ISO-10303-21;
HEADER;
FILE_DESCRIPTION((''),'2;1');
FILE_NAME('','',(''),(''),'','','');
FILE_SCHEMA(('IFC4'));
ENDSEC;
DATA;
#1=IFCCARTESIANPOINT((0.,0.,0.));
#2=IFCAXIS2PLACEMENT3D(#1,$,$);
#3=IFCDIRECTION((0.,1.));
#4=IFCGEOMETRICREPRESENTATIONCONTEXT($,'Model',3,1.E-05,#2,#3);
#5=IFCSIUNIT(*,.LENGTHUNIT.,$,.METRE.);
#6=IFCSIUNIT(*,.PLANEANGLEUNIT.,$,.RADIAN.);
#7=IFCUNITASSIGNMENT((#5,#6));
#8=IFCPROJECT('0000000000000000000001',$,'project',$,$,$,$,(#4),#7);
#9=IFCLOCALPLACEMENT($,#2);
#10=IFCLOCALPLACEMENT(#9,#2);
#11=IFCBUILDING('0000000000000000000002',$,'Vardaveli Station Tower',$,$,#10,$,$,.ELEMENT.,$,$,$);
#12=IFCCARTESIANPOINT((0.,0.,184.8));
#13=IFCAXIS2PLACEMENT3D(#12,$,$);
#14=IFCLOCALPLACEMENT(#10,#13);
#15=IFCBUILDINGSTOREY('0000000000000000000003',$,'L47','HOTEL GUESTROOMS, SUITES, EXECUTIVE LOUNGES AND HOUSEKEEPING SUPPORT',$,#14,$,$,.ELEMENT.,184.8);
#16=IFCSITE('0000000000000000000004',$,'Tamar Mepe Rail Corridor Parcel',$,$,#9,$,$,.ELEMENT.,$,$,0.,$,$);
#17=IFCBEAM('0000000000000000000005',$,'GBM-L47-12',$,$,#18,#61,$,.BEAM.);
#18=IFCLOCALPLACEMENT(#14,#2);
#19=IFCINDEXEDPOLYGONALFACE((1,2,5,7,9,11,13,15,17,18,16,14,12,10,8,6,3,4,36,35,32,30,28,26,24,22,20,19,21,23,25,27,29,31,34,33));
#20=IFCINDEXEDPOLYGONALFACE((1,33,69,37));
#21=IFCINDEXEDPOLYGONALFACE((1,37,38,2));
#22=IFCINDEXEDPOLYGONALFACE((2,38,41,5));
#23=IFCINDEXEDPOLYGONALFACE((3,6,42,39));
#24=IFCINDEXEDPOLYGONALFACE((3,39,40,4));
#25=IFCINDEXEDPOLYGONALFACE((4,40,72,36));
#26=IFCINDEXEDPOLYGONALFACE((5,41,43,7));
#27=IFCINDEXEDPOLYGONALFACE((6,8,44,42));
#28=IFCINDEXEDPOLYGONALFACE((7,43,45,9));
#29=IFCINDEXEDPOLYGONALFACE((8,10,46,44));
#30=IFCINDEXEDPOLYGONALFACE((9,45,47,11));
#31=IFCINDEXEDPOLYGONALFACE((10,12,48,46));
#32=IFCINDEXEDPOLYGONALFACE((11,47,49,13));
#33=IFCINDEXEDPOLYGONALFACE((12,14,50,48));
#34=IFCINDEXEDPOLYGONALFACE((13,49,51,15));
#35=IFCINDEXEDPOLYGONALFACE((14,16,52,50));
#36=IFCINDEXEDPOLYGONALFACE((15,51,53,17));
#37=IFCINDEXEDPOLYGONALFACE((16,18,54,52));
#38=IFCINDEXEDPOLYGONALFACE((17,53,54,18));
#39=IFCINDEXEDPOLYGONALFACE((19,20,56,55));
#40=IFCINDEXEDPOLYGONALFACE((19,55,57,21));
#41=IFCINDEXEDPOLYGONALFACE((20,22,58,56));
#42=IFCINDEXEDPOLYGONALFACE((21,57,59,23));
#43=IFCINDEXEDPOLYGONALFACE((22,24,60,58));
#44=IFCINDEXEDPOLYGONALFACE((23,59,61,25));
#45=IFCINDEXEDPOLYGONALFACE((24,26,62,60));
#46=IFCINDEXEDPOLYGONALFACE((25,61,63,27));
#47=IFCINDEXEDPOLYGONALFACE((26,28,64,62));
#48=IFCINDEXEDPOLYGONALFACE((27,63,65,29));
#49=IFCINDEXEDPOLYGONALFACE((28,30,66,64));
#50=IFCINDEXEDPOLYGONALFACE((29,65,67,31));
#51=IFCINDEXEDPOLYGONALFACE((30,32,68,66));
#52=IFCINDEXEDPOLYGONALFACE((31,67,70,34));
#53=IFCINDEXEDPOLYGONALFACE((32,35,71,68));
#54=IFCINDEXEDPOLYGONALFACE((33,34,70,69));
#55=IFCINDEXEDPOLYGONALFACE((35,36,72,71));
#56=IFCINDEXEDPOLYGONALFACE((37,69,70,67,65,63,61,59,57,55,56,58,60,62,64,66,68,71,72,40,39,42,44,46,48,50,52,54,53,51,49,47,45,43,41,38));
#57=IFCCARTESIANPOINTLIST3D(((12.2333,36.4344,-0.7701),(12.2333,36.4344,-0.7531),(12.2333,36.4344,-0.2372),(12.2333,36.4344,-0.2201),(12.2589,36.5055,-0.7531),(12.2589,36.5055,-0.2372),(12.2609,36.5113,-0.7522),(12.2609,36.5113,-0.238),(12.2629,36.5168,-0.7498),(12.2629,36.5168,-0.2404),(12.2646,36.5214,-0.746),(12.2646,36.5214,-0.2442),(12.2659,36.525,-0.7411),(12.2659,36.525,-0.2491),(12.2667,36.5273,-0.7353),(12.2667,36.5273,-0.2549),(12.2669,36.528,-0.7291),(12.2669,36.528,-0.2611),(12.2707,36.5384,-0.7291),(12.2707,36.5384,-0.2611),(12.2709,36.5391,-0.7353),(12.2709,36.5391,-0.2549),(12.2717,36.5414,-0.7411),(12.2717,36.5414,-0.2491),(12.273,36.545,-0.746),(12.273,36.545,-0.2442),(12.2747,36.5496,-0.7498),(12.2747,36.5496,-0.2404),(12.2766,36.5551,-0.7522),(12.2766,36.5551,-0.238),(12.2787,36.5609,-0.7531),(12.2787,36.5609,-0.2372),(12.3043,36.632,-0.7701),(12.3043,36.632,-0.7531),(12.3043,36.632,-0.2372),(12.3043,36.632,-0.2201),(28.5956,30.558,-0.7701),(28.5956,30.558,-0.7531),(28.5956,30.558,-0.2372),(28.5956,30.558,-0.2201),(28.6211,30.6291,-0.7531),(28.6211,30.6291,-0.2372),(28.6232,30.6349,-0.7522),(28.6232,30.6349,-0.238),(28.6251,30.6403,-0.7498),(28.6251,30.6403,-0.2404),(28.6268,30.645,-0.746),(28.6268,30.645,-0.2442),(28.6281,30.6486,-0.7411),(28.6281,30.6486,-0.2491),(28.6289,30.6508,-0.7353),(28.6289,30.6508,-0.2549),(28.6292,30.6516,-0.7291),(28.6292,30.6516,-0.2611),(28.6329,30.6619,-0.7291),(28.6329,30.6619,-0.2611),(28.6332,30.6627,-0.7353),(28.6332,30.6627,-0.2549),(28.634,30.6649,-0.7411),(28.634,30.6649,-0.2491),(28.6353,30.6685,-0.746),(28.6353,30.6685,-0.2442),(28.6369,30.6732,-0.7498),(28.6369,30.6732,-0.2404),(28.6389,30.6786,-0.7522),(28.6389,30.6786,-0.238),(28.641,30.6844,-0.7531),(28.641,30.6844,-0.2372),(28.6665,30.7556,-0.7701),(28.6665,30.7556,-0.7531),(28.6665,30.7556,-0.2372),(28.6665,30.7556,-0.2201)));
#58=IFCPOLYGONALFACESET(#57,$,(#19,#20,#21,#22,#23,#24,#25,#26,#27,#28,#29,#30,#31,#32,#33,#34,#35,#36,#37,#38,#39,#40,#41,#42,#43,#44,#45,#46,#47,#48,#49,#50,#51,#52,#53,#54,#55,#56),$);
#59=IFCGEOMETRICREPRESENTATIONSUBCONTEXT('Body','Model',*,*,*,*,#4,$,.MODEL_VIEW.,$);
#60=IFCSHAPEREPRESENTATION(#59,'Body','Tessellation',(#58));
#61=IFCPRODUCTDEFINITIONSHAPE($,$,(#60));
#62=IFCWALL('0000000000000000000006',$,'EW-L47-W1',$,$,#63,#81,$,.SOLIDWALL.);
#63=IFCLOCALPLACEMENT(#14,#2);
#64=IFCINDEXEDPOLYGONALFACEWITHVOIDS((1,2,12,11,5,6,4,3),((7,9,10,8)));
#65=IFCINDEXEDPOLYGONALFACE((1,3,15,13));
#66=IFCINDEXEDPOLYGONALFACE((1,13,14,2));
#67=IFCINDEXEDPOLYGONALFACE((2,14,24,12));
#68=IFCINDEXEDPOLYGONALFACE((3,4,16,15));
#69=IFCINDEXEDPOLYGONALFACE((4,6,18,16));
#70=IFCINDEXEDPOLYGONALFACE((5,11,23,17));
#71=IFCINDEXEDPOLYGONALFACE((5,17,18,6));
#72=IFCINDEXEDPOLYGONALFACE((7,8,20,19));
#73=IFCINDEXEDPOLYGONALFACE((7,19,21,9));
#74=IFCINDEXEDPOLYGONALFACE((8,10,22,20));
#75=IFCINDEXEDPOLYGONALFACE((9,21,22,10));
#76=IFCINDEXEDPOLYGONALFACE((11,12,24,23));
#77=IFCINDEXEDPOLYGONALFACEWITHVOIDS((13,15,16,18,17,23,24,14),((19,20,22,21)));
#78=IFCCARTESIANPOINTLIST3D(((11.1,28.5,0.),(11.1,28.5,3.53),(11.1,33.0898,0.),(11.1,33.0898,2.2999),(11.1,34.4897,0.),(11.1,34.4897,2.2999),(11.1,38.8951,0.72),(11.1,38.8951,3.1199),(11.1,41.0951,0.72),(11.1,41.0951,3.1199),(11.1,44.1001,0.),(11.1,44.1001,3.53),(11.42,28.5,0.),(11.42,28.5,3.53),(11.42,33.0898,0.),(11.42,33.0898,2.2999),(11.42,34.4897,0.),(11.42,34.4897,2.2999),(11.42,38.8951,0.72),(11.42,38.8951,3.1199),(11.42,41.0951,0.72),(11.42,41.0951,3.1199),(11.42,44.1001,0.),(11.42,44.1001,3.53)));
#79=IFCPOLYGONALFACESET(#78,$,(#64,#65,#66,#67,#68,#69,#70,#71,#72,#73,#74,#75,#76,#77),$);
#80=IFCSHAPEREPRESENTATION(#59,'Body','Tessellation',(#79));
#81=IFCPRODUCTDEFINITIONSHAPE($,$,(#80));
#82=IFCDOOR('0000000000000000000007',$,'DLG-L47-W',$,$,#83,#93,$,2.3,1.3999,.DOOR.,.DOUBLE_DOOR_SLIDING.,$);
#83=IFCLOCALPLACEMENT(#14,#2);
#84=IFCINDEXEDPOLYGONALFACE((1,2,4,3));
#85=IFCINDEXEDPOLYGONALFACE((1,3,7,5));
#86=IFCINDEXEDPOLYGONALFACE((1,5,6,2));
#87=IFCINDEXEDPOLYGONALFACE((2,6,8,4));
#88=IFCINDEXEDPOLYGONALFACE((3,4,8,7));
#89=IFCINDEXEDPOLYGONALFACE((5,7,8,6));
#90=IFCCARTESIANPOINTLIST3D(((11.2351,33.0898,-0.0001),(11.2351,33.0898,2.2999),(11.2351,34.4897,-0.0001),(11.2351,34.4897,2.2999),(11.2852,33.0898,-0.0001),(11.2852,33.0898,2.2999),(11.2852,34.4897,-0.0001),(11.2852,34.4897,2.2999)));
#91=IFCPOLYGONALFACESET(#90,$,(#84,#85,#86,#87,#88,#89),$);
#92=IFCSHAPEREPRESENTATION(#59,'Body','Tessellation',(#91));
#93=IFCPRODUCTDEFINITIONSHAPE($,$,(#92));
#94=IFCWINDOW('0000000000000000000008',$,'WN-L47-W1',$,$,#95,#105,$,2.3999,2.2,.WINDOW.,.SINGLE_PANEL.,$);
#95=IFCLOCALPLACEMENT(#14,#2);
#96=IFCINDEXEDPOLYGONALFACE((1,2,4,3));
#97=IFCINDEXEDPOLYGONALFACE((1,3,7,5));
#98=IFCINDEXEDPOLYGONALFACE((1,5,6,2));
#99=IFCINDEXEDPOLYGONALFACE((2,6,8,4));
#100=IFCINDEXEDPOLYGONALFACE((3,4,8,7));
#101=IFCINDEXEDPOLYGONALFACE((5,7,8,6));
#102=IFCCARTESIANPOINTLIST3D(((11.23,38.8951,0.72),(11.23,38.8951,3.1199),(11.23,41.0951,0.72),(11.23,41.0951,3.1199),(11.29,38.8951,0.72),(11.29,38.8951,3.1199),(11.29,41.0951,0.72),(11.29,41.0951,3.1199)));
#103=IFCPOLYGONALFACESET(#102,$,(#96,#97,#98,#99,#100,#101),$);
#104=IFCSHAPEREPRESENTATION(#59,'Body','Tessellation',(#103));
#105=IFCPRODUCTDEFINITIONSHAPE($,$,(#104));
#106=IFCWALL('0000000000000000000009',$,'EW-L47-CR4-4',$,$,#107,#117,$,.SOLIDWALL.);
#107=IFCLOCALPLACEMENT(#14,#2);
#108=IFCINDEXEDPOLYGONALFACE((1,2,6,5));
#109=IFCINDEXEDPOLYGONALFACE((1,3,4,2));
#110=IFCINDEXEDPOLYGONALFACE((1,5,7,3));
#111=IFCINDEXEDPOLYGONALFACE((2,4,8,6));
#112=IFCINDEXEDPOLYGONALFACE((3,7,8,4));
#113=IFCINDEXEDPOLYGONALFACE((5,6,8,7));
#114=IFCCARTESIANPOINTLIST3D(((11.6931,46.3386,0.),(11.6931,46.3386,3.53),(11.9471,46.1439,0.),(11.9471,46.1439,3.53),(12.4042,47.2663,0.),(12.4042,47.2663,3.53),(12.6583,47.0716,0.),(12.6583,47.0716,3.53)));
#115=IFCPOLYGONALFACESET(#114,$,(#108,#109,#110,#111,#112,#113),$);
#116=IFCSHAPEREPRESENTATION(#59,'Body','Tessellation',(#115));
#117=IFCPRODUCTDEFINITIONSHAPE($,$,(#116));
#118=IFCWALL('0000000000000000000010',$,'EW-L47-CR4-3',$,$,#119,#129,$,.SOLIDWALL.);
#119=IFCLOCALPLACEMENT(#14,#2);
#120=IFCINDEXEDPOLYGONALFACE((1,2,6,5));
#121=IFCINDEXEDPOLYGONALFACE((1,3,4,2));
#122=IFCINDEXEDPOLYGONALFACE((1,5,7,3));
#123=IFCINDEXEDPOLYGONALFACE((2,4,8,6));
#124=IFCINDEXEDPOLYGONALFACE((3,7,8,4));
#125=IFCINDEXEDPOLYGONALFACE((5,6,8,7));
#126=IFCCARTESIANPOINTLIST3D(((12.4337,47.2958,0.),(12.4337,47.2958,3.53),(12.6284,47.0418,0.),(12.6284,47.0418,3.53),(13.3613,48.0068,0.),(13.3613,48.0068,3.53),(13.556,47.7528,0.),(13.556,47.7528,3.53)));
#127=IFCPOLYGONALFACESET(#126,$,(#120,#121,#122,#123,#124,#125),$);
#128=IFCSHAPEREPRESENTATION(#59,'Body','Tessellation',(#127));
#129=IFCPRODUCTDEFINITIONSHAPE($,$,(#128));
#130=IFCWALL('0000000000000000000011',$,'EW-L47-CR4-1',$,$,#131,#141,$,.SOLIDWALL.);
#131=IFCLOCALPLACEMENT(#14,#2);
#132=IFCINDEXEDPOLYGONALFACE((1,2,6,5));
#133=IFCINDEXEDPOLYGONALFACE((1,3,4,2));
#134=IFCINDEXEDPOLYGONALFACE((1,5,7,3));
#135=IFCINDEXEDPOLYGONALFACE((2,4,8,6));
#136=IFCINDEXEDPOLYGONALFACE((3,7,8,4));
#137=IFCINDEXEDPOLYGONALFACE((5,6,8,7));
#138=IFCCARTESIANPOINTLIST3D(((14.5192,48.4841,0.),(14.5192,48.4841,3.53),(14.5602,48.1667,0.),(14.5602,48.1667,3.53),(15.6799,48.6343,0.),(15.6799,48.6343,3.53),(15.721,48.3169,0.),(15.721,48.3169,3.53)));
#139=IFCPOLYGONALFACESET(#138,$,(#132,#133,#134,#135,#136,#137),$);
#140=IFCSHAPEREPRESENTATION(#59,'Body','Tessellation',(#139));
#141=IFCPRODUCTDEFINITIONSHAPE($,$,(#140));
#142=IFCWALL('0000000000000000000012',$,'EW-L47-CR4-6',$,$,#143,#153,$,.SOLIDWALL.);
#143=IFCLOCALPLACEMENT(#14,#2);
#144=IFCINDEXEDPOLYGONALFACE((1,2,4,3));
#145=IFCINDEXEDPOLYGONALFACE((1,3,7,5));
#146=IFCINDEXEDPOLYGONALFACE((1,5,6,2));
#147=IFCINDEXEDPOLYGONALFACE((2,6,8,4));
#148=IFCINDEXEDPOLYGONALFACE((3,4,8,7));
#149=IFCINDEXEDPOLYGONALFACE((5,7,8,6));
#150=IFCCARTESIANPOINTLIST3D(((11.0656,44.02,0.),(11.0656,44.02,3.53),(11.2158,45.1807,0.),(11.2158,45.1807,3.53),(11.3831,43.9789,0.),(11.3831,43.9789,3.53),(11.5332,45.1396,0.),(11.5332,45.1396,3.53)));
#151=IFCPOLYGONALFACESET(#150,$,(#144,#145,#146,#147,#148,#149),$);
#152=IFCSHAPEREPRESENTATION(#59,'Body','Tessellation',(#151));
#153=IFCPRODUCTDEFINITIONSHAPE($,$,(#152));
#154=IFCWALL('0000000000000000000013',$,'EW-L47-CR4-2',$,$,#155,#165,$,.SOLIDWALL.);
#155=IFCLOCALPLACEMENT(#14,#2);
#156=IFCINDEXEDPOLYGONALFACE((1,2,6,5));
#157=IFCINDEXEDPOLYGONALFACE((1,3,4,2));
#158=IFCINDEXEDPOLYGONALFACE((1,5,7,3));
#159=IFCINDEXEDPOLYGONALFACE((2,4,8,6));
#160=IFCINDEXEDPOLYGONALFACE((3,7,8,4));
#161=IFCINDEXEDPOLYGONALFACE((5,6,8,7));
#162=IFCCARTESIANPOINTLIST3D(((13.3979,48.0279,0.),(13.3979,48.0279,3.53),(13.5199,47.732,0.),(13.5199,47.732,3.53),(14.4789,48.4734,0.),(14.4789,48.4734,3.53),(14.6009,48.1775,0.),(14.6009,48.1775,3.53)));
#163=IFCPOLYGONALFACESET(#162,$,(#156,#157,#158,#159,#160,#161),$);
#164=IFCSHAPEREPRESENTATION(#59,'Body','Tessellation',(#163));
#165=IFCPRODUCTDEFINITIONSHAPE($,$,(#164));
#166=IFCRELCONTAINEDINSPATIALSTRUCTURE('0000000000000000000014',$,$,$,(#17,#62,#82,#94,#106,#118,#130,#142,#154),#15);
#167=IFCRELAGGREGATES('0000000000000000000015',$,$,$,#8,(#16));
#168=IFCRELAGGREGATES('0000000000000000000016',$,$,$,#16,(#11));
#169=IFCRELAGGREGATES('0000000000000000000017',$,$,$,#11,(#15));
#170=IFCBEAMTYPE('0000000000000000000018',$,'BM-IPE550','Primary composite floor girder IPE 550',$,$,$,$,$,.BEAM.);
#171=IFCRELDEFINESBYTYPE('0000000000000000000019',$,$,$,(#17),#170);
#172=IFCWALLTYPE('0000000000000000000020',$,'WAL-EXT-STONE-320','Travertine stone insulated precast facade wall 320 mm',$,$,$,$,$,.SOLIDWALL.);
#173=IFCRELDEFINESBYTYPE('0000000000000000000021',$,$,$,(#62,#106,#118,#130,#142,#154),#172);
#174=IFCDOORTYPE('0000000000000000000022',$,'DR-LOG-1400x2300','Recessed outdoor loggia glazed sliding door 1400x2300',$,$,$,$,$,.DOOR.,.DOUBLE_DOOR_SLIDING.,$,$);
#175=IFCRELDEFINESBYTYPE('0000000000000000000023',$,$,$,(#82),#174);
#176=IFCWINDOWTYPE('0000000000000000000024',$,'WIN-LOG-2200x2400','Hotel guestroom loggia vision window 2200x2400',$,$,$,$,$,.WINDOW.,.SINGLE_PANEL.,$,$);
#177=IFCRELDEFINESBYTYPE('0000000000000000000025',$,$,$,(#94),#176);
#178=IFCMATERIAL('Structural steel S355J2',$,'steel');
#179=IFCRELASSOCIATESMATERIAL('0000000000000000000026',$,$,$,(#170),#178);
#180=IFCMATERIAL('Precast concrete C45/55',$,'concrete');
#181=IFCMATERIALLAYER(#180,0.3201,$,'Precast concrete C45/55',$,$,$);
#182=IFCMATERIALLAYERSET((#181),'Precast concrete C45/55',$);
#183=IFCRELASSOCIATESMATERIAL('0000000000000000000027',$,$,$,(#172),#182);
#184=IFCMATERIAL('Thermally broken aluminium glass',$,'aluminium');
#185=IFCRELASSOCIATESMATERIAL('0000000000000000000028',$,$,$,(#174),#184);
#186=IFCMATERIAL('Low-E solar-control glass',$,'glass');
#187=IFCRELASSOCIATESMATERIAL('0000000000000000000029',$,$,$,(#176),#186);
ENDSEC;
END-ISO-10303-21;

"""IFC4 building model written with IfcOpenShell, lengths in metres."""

from ifc_helpers import new_model, si_unit, direction, frame, frame_2d, origin, origin_2d, place, context, subcontext, project, spatial, rectangle, i_section, extrude, source, transform, mapped, material, layer, layer_set, material_profile, profile_set, type_object, element, fill, save


model = new_model("IFC4")

# Units and contexts
model_context = context("Model", 3, precision=1e-05, world=origin(), true_north=direction((0.0, 1.0)))
body_context = subcontext(model_context, "Body", "Model", "MODEL_VIEW")
ifc_project = project(units=[si_unit("LENGTHUNIT", "METRE"), si_unit("PLANEANGLEUNIT", "RADIAN")], contexts=[model_context])

# Site, building, storey
site_placement = place(None, origin())
site = spatial("IfcSite", under=ifc_project, at=site_placement, Name="Tamar Mepe Rail Corridor Parcel", CompositionType="ELEMENT", RefElevation=0.0)
building_placement = place(site_placement, origin())
building = spatial("IfcBuilding", under=site, at=building_placement, Name="Vardaveli Station Tower", CompositionType="ELEMENT")
storey_placement = place(building_placement, frame((0.0, 0.0, 184.8)))
storey = spatial("IfcBuildingStorey", under=building, at=storey_placement, Name="L47", Description="HOTEL GUESTROOMS, SUITES, EXECUTIVE LOUNGES AND HOUSEKEEPING SUPPORT", CompositionType="ELEMENT", Elevation=184.8)

# Beam
ifc_material_1 = material(Name="Precast concrete C45/55", Category="concrete")
ifc_material_2 = material(Name="Structural steel S355J2", Category="steel")
ifc_material_profile_1 = material_profile(ifc_material_2, i_section(OverallWidth=0.21, OverallDepth=0.55, WebThickness=0.011, FlangeThickness=0.0171, FilletRadius=0.0239, at=origin_2d()), Name="IPE 550")
ifc_profile_set_1 = profile_set([ifc_material_profile_1], Name="Structural steel S355J2")
beam_type_1 = type_object("IfcBeamType", Name="BM-IPE550", Description="Primary composite floor girder IPE 550", PredefinedType="BEAM", material=ifc_profile_set_1)
shared_shape_1 = source(origin(), body_context, "Body", "SweptSolid", [
    extrude(i_section(OverallWidth=0.21, OverallDepth=0.55, WebThickness=0.011, FlangeThickness=0.0171, FilletRadius=0.0239, at=origin_2d()), origin(), (0.0, 0.0, 1.0), 17.3855),
])
beam_1_placement = place(storey_placement, frame((12.2688, 36.5332, -0.4951), z_axis=(0.941143, -0.338008, 0.0), x_axis=(0.338008, 0.941143, 0.0)))
element("IfcBeam", 1, at=beam_1_placement, inside=storey, type_object=beam_type_1, Name="GBM-L47-12", PredefinedType="BEAM", context=body_context, shape_type="MappedRepresentation", body=[
    mapped(shared_shape_1, transform((0.0, 0.0, 0.0), scale=1.0)),
])

# Wall, openings, door, window
ifc_layer_1 = layer(ifc_material_1, 0.3201, Name="Precast concrete C45/55")
ifc_layer_set_1 = layer_set([ifc_layer_1], Name="Precast concrete C45/55")
wall_type_1 = type_object("IfcWallType", Name="WAL-EXT-STONE-320", Description="Travertine stone insulated precast facade wall 320 mm", PredefinedType="SOLIDWALL", material=ifc_layer_set_1)
shared_shape_2 = source(origin(), body_context, "Body", "SweptSolid", [
    extrude(rectangle(XDim=15.6001, YDim=0.3201, at=frame_2d((7.8, 0.0))), origin(), (0.0, 0.0, 1.0), 3.53),
])
wall_1_placement = place(storey_placement, frame((11.26, 44.1001, 0.0), z_axis=(0.0, 0.0, 1.0), x_axis=(0.0, -1.0, 0.0)))
wall_1 = element("IfcWall", 2, at=wall_1_placement, inside=storey, type_object=wall_type_1, Name="EW-L47-W1", PredefinedType="SOLIDWALL", context=body_context, shape_type="MappedRepresentation", body=[
    mapped(shared_shape_2, transform((0.0, 0.0, 0.0), scale=1.0)),
])
shared_shape_3 = source(origin(), body_context, "Body", "SweptSolid", [
    extrude(rectangle(XDim=1.3999, YDim=2.3, at=frame_2d((0.7, 1.1499))), frame((0.0, 0.1699, 0.0), z_axis=(0.0, -1.0, 0.0), x_axis=(1.0, 0.0, 0.0)), (0.0, 0.0, 1.0), 0.3401),
])
opening_1_placement = place(wall_1_placement, frame((9.6104, 0.0, 0.0)))
opening_1 = element("IfcOpeningElement", 3, at=opening_1_placement, cuts=wall_1, PredefinedType="OPENING", context=body_context, shape_type="MappedRepresentation", body=[
    mapped(shared_shape_3, transform((0.0, 0.0, 0.0), scale=1.0)),
])
shared_shape_4 = source(origin(), body_context, "Body", "SweptSolid", [
    extrude(rectangle(XDim=2.2, YDim=2.3999, at=frame_2d((1.1001, 1.2))), frame((0.0, 0.1699, 0.0), z_axis=(0.0, -1.0, 0.0), x_axis=(1.0, 0.0, 0.0)), (0.0, 0.0, 1.0), 0.3401),
])
opening_2_placement = place(wall_1_placement, frame((3.0049, 0.0, 0.72)))
opening_2 = element("IfcOpeningElement", 4, at=opening_2_placement, cuts=wall_1, PredefinedType="OPENING", context=body_context, shape_type="MappedRepresentation", body=[
    mapped(shared_shape_4, transform((0.0, 0.0, 0.0), scale=1.0)),
])
ifc_material_3 = material(Name="Thermally broken aluminium glass", Category="aluminium")
door_type_1 = type_object("IfcDoorType", Name="DR-LOG-1400x2300", Description="Recessed outdoor loggia glazed sliding door 1400x2300", OperationType="DOUBLE_DOOR_SLIDING", PredefinedType="DOOR", material=ifc_material_3)
shared_shape_5 = source(origin(), body_context, "Body", "SweptSolid", [
    extrude(rectangle(XDim=1.3999, YDim=2.3, at=frame_2d((0.7, 1.1499))), frame((0.0, 0.0249, 0.0), z_axis=(0.0, -1.0, 0.0), x_axis=(1.0, 0.0, 0.0)), (0.0, 0.0, 1.0), 0.05),
])
door_1_placement = place(opening_1_placement, frame((1.3999, 0.0, 0.0), z_axis=(0.0, 0.0, 1.0), x_axis=(-1.0, 0.0, 0.0)))
door_1 = element("IfcDoor", 5, at=door_1_placement, inside=storey, type_object=door_type_1, Name="DLG-L47-W", OperationType="DOUBLE_DOOR_SLIDING", OverallHeight=2.3, OverallWidth=1.3999, PredefinedType="DOOR", context=body_context, shape_type="MappedRepresentation", body=[
    mapped(shared_shape_5, transform((0.0, 0.0, 0.0), scale=1.0)),
])
fill(opening_1, door_1)
ifc_material_4 = material(Name="Low-E solar-control glass", Category="glass")
window_type = type_object("IfcWindowType", Name="WIN-LOG-2200x2400", Description="Hotel guestroom loggia vision window 2200x2400", PartitioningType="SINGLE_PANEL", PredefinedType="WINDOW", material=ifc_material_4)
shared_shape_6 = source(origin(), body_context, "Body", "SweptSolid", [
    extrude(rectangle(XDim=2.2, YDim=2.3999, at=frame_2d((1.1001, 1.2))), frame((0.0, 0.03, 0.0), z_axis=(0.0, -1.0, 0.0), x_axis=(1.0, 0.0, 0.0)), (0.0, 0.0, 1.0), 0.0601),
])
window_placement = place(opening_2_placement, origin())
window = element("IfcWindow", 6, at=window_placement, inside=storey, type_object=window_type, Name="WN-L47-W1", OverallHeight=2.3999, OverallWidth=2.2, PartitioningType="SINGLE_PANEL", PredefinedType="WINDOW", context=body_context, shape_type="MappedRepresentation", body=[
    mapped(shared_shape_6, transform((0.0, 0.0, 0.0), scale=1.0)),
])
fill(opening_2, window)

# Walls
shared_shape_7 = source(origin(), body_context, "Body", "SweptSolid", [
    extrude(rectangle(XDim=1.1689, YDim=0.3201, at=frame_2d((0.5845, 0.0))), origin(), (0.0, 0.0, 1.0), 3.53),
])
wall_2_placement = place(storey_placement, frame((12.5312, 47.1689, 0.0), z_axis=(0.0, 0.0, 1.0), x_axis=(-0.608388, -0.79364, 0.0)))
element("IfcWall", 7, at=wall_2_placement, inside=storey, type_object=wall_type_1, Name="EW-L47-CR4-4", PredefinedType="SOLIDWALL", context=body_context, shape_type="MappedRepresentation", body=[
    mapped(shared_shape_7, transform((0.0, 0.0, 0.0), scale=1.0)),
])
shared_shape_8 = source(origin(), body_context, "Body", "SweptSolid", [
    extrude(rectangle(XDim=1.1687, YDim=0.3201, at=frame_2d((0.5845, 0.0))), origin(), (0.0, 0.0, 1.0), 3.53),
])
wall_3_placement = place(storey_placement, frame((13.4587, 47.8799, 0.0), z_axis=(0.0, 0.0, 1.0), x_axis=(-0.793664, -0.608357, 0.0)))
element("IfcWall", 8, at=wall_3_placement, inside=storey, type_object=wall_type_1, Name="EW-L47-CR4-3", PredefinedType="SOLIDWALL", context=body_context, shape_type="MappedRepresentation", body=[
    mapped(shared_shape_8, transform((0.0, 0.0, 0.0), scale=1.0)),
])
shared_shape_9 = source(origin(), body_context, "Body", "SweptSolid", [
    extrude(rectangle(XDim=1.1704, YDim=0.3201, at=frame_2d((0.5852, 0.0))), origin(), (0.0, 0.0, 1.0), 3.53),
])
for number, where, z_axis, x_axis, name in (
    (9, (15.7004, 48.4756, 0.0), (0.0, 0.0, 1.0), (-0.991736, -0.128296, 0.0), "EW-L47-CR4-1"),
    (10, (11.3745, 45.1602, 0.0), (0.0, 0.0, 1.0), (-0.128296, -0.991736, 0.0), "EW-L47-CR4-6"),
):
    element("IfcWall", number, at=place(storey_placement, frame(where, z_axis=z_axis, x_axis=x_axis)), inside=storey, type_object=wall_type_1, Name=name, PredefinedType="SOLIDWALL", context=body_context, shape_type="MappedRepresentation", body=[
        mapped(shared_shape_9, transform((0.0, 0.0, 0.0), scale=1.0)),
    ])
shared_shape_10 = source(origin(), body_context, "Body", "SweptSolid", [
    extrude(rectangle(XDim=1.1692, YDim=0.3201, at=frame_2d((0.5845, 0.0))), origin(), (0.0, 0.0, 1.0), 3.53),
])
for number, where, z_axis, x_axis, name in (
    (11, (14.5398, 48.3254, 0.0), (0.0, 0.0, 1.0), (-0.924553, -0.381054, 0.0), "EW-L47-CR4-2"),
):
    element("IfcWall", number, at=place(storey_placement, frame(where, z_axis=z_axis, x_axis=x_axis)), inside=storey, type_object=wall_type_1, Name=name, PredefinedType="SOLIDWALL", context=body_context, shape_type="MappedRepresentation", body=[
        mapped(shared_shape_10, transform((0.0, 0.0, 0.0), scale=1.0)),
    ])

save(model, "model.ifc")
